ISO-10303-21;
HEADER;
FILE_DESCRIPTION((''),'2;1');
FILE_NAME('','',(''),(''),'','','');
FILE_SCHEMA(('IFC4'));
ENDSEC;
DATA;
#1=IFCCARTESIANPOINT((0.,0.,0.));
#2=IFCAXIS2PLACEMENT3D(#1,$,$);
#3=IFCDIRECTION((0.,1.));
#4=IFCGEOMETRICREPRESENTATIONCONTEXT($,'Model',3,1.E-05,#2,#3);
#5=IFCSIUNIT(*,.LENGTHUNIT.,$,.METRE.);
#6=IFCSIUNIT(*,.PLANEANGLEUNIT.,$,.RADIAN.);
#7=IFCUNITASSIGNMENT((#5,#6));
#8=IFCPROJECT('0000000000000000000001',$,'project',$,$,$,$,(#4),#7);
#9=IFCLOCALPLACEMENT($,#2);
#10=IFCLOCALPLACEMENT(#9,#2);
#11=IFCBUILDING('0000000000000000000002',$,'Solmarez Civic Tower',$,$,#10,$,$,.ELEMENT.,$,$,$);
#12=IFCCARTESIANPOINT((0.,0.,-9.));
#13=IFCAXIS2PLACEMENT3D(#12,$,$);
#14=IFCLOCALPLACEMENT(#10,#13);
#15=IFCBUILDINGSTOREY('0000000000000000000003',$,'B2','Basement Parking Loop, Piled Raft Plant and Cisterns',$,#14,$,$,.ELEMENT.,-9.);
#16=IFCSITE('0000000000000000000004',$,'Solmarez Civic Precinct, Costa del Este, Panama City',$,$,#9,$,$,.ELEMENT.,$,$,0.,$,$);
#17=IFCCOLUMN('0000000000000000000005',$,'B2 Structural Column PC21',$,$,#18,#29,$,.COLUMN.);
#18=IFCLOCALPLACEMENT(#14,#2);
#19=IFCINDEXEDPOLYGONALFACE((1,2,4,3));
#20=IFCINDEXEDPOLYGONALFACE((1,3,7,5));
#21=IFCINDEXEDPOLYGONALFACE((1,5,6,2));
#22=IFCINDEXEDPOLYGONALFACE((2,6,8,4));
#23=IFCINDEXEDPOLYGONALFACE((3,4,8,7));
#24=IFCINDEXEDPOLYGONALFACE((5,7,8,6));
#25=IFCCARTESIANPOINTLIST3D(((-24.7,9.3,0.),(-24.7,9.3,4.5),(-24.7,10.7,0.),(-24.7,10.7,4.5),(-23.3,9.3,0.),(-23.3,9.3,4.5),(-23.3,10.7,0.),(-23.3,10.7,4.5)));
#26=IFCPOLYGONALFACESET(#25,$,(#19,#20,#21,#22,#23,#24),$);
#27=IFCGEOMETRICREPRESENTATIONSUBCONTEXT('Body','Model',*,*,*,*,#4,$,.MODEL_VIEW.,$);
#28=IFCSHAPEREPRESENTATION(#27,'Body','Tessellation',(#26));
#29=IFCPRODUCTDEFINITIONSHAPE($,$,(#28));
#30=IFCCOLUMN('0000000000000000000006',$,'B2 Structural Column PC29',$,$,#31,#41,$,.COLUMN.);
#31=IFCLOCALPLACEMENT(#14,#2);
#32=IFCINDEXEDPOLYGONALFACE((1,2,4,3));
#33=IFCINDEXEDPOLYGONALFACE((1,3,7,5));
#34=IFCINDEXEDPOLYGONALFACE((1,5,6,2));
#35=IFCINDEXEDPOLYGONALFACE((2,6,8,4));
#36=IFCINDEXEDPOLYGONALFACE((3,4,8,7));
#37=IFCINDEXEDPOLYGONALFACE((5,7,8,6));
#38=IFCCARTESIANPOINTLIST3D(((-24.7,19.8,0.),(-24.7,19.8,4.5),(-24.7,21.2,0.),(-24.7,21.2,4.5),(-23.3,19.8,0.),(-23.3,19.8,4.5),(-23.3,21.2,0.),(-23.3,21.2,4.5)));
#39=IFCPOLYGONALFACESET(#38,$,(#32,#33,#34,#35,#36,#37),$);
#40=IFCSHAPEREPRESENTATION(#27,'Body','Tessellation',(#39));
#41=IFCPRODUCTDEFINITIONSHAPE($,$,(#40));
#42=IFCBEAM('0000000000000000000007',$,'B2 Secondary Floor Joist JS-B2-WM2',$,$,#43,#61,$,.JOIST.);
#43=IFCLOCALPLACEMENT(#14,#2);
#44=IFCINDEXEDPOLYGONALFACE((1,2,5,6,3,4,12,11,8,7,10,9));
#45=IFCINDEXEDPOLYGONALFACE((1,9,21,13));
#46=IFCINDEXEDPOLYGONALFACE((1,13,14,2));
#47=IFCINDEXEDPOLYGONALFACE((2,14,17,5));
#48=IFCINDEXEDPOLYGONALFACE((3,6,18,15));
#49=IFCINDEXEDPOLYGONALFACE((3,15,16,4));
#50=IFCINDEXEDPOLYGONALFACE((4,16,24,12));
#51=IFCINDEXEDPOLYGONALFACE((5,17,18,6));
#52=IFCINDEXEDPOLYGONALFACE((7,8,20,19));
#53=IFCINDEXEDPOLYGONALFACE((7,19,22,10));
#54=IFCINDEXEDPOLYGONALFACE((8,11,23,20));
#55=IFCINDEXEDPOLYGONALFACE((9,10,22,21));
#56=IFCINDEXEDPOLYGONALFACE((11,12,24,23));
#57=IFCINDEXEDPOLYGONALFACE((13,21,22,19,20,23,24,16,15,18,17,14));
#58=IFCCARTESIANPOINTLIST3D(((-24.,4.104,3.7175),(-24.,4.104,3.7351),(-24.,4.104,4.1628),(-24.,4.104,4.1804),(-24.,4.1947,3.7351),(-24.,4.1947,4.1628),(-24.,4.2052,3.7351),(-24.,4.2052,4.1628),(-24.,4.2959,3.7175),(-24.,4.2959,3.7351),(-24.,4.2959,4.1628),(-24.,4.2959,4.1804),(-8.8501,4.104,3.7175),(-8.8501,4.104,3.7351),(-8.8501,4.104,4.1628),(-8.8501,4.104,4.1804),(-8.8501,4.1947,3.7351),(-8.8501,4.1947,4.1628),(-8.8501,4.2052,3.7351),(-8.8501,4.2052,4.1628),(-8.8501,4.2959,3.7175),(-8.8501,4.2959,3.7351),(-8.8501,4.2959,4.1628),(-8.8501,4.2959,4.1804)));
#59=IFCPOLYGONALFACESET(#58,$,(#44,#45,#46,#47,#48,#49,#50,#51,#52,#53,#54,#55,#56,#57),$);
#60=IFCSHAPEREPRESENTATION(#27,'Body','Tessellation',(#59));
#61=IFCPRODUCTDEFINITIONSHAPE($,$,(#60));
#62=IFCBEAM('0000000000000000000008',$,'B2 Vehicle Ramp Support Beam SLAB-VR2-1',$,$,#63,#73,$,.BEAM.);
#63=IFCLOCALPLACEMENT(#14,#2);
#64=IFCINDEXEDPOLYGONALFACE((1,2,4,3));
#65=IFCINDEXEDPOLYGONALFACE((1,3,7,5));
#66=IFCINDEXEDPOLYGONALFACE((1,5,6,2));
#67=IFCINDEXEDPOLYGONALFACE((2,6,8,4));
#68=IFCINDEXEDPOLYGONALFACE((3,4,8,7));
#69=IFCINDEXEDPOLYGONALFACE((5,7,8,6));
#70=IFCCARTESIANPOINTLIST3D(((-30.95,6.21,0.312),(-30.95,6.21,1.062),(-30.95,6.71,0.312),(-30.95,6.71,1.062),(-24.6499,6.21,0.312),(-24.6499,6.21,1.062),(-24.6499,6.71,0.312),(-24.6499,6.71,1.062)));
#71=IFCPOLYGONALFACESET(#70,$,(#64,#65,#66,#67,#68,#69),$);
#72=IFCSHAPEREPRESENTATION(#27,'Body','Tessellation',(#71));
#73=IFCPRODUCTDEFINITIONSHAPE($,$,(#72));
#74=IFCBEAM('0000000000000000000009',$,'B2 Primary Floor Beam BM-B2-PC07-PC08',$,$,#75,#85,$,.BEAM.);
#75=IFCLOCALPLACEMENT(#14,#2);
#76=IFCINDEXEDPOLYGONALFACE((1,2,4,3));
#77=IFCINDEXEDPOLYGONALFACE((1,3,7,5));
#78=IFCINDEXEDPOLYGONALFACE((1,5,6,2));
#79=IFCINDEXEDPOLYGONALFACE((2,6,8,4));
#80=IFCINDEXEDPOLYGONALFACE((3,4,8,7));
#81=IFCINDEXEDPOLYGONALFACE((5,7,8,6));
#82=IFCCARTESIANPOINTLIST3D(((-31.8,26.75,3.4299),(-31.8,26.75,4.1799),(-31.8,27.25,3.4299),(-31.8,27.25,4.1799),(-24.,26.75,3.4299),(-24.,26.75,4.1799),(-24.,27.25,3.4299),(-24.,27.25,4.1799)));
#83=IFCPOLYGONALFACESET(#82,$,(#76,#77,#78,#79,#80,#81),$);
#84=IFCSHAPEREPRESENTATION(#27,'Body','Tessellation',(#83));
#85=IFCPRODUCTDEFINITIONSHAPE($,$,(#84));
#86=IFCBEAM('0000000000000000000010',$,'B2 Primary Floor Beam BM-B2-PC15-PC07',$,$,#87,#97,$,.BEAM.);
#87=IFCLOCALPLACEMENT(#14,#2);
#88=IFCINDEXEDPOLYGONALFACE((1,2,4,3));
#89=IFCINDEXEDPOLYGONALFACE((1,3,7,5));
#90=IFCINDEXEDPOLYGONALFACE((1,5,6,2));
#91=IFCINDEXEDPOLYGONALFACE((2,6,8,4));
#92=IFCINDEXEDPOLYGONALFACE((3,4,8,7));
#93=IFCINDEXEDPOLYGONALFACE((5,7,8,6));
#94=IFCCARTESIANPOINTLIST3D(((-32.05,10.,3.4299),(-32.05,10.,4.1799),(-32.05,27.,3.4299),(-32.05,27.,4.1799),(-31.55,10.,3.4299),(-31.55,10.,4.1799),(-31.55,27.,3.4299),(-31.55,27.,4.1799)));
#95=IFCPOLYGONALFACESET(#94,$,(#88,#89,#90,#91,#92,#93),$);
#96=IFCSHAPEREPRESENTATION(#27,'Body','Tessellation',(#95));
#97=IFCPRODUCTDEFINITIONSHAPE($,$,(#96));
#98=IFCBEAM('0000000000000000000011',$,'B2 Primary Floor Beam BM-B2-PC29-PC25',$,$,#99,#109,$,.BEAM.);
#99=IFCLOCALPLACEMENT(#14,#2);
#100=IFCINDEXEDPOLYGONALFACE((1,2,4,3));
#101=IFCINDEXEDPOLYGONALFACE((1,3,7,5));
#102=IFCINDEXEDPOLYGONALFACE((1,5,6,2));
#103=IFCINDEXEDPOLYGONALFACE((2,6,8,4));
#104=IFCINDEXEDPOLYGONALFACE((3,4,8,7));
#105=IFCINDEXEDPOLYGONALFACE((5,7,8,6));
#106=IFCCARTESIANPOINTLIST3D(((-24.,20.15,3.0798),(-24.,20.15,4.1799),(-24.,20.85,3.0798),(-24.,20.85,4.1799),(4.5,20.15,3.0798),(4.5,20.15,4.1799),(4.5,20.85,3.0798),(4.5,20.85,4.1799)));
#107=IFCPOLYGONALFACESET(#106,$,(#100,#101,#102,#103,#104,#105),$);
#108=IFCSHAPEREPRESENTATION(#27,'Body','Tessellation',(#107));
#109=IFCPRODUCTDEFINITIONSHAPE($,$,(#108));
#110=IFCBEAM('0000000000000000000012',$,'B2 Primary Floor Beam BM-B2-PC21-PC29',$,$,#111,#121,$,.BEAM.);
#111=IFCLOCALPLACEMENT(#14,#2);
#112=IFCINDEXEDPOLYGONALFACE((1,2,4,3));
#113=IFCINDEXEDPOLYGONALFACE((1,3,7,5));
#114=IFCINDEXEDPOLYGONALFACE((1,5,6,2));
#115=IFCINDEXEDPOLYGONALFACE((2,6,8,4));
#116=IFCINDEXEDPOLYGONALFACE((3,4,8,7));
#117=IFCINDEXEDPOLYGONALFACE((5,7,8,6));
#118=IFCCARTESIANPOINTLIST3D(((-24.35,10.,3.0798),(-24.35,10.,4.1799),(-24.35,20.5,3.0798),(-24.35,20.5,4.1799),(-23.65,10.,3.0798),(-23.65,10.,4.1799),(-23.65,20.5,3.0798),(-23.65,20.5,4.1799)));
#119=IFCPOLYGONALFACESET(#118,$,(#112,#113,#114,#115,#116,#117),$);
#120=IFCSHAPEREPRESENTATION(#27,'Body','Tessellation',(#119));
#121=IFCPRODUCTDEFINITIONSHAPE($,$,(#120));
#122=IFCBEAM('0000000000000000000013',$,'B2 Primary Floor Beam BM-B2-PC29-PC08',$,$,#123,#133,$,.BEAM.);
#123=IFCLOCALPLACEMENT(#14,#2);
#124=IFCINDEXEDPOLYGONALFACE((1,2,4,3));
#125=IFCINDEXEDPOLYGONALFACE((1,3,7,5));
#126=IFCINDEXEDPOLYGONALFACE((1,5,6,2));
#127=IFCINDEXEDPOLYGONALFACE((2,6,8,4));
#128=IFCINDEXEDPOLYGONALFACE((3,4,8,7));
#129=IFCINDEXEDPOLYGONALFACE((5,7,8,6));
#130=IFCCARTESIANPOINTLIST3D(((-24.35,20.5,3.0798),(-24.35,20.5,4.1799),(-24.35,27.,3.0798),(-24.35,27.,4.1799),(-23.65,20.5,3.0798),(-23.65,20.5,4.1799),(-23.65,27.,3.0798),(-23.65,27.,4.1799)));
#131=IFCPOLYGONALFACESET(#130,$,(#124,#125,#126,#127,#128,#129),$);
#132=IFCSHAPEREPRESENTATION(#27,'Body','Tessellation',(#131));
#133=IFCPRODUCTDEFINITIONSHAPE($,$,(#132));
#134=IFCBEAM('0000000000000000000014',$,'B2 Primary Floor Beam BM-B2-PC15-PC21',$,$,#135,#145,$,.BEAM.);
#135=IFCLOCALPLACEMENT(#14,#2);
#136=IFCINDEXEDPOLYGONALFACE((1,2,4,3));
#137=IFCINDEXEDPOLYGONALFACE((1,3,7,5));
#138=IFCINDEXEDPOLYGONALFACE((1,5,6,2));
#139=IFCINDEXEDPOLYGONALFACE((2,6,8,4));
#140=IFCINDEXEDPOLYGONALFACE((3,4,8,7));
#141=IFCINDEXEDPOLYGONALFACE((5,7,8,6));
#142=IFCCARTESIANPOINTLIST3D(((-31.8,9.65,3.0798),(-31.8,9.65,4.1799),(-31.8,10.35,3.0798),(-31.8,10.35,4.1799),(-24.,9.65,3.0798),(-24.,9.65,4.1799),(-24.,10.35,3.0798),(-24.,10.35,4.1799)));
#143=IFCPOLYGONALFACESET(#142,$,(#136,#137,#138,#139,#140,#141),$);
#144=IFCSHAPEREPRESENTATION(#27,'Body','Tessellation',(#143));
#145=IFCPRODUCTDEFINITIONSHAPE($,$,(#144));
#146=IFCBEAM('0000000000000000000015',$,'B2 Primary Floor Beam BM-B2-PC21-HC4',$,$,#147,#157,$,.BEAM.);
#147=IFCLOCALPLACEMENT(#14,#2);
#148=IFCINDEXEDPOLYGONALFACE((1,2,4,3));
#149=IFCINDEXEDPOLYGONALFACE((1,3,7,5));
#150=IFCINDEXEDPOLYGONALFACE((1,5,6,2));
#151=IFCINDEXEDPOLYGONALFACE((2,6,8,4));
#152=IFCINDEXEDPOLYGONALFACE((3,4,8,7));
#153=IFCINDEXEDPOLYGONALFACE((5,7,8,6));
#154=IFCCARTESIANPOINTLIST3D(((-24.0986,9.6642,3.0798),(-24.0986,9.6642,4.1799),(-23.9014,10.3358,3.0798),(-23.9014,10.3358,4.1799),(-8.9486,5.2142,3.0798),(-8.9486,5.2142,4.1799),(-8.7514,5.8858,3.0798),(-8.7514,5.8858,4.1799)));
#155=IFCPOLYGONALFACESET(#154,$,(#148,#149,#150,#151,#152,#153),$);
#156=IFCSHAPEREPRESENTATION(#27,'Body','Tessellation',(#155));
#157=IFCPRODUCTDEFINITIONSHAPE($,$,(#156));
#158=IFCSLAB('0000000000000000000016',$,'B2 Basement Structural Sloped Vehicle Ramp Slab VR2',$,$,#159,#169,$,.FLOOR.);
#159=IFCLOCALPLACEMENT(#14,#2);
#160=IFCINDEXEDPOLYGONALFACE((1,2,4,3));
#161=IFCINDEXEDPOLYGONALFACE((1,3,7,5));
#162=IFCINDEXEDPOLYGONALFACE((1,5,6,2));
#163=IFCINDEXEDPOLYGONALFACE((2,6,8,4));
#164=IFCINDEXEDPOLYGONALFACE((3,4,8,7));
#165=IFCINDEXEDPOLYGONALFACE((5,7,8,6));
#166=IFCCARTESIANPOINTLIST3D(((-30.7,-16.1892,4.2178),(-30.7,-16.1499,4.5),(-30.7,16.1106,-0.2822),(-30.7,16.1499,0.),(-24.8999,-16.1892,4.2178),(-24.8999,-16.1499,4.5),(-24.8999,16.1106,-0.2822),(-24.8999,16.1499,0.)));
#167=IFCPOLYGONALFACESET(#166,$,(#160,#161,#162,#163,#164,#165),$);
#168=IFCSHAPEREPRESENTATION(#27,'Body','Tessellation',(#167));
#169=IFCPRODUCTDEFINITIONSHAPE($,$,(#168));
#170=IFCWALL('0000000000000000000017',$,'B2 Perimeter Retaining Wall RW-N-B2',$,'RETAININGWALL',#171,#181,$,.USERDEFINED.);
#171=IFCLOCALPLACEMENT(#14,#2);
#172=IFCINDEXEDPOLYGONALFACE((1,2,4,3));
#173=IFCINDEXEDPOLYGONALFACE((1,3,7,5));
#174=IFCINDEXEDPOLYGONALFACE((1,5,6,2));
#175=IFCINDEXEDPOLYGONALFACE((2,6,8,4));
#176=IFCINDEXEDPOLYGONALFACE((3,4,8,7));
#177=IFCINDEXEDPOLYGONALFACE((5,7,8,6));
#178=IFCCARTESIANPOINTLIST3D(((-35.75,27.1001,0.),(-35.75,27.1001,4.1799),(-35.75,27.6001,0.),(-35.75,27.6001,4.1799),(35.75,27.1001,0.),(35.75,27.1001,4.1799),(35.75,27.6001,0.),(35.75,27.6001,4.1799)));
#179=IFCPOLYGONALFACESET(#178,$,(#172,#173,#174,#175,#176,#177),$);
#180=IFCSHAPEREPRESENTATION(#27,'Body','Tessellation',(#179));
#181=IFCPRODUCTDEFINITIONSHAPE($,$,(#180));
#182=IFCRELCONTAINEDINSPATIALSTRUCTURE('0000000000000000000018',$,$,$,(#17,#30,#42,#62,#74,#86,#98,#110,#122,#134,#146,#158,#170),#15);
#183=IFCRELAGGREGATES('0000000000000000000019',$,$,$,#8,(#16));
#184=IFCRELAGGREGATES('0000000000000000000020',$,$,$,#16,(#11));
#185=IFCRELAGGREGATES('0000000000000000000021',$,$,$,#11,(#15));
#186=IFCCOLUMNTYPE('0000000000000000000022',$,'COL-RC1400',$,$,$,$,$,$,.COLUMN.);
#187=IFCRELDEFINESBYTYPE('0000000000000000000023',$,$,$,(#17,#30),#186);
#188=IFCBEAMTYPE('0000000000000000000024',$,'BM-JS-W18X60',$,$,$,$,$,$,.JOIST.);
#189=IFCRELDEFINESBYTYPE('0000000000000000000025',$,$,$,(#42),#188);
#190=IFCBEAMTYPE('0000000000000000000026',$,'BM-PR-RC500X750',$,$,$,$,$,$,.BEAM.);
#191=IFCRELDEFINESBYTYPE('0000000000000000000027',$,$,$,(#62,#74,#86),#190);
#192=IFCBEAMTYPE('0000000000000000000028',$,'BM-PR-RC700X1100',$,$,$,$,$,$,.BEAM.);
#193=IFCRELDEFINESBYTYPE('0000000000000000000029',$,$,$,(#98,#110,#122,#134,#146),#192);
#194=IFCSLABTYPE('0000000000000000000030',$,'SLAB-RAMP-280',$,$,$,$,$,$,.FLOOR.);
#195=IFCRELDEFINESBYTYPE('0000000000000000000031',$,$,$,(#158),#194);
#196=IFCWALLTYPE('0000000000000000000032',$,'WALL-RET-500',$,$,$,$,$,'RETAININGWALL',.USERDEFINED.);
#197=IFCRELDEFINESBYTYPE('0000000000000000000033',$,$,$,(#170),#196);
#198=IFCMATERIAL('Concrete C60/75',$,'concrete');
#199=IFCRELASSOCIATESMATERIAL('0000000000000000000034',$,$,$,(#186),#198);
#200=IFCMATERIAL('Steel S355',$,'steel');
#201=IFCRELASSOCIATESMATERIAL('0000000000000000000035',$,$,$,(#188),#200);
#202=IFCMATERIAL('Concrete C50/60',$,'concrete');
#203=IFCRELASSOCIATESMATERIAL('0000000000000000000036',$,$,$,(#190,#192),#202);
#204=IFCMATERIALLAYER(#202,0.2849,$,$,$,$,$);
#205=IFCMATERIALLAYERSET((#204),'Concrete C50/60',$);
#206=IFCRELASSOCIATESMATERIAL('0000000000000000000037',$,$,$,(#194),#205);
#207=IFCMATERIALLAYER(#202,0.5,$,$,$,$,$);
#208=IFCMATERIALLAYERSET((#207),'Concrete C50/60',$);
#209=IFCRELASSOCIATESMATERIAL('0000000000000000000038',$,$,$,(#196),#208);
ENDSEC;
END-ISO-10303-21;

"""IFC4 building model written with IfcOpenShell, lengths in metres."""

from ifc_helpers import new_model, si_unit, direction, frame, frame_2d, origin, origin_2d, place, context, subcontext, project, spatial, polyline, rectangle, i_section, outline, extrude, material, layer, layer_set, material_profile, profile_set, type_object, element, save


model = new_model("IFC4")

# Units and contexts
model_context = context("Model", 3, precision=1e-05, world=origin(), true_north=direction((0.0, 1.0)))
body_context = subcontext(model_context, "Body", "Model", "MODEL_VIEW")
ifc_project = project(units=[si_unit("LENGTHUNIT", "METRE"), si_unit("PLANEANGLEUNIT", "RADIAN")], contexts=[model_context])

# Site, building, storey
site_placement = place(None, origin())
site = spatial("IfcSite", under=ifc_project, at=site_placement, Name="Solmarez Civic Precinct, Costa del Este, Panama City", CompositionType="ELEMENT", RefElevation=0.0)
building_placement = place(site_placement, origin())
building = spatial("IfcBuilding", under=site, at=building_placement, Name="Solmarez Civic Tower", CompositionType="ELEMENT")
storey_placement = place(building_placement, frame((0.0, 0.0, -9.0)))
storey = spatial("IfcBuildingStorey", under=building, at=storey_placement, Name="B2", Description="Basement Parking Loop, Piled Raft Plant and Cisterns", CompositionType="ELEMENT", Elevation=-9.0)

# Columns
ifc_material_1 = material(Name="Concrete C60/75", Category="concrete")
ifc_material_profile_1 = material_profile(ifc_material_1, rectangle(XDim=1.3999, YDim=1.3999, at=origin_2d()), Name="RC1400X1400")
ifc_profile_set_1 = profile_set([ifc_material_profile_1], Name="Concrete C60/75")
column_type = type_object("IfcColumnType", Name="COL-RC1400", PredefinedType="COLUMN", material=ifc_profile_set_1)
for number, where, z_axis, x_axis, name in (
    (1, (-24.0, 10.0, 0.0), (0.0, 0.0, 1.0), (1.0, 0.0, 0.0), "B2 Structural Column PC21"),
    (2, (-24.0, 20.5, 0.0), (0.0, 0.0, 1.0), (1.0, 0.0, 0.0), "B2 Structural Column PC29"),
):
    element("IfcColumn", number, at=place(storey_placement, frame(where, z_axis=z_axis, x_axis=x_axis)), inside=storey, type_object=column_type, Name=name, PredefinedType="COLUMN", context=body_context, shape_type="SweptSolid", body=[
        extrude(rectangle(XDim=1.3999, YDim=1.3999, at=origin_2d()), origin(), (0.0, 0.0, 1.0), 4.5),
    ])

# Beams
ifc_material_2 = material(Name="Steel S355", Category="steel")
ifc_material_profile_2 = material_profile(ifc_material_2, i_section(OverallWidth=0.1919, OverallDepth=0.4629, WebThickness=0.0105, FlangeThickness=0.0176, at=origin_2d()), Name="W18X60")
ifc_profile_set_2 = profile_set([ifc_material_profile_2], Name="Steel S355")
beam_type_1 = type_object("IfcBeamType", Name="BM-JS-W18X60", PredefinedType="JOIST", material=ifc_profile_set_2)
beam_1_placement = place(storey_placement, frame((-24.0, 4.2, 3.949), z_axis=(1.0, 0.0, 0.0), x_axis=(0.0, 1.0, 0.0)))
element("IfcBeam", 3, at=beam_1_placement, inside=storey, type_object=beam_type_1, Name="B2 Secondary Floor Joist JS-B2-WM2", PredefinedType="JOIST", context=body_context, shape_type="SweptSolid", body=[
    extrude(i_section(OverallWidth=0.1919, OverallDepth=0.4629, WebThickness=0.0105, FlangeThickness=0.0176, at=origin_2d()), origin(), (0.0, 0.0, 1.0), 15.1499),
])
ifc_material_3 = material(Name="Concrete C50/60", Category="concrete")
ifc_material_profile_3 = material_profile(ifc_material_3, rectangle(XDim=0.5, YDim=0.75, at=origin_2d()), Name="RC500X750")
ifc_profile_set_3 = profile_set([ifc_material_profile_3], Name="Concrete C50/60")
beam_type_2 = type_object("IfcBeamType", Name="BM-PR-RC500X750", PredefinedType="BEAM", material=ifc_profile_set_3)
beam_2_placement = place(storey_placement, frame((-30.95, 6.46, 0.687), z_axis=(1.0, 0.0, 0.0), x_axis=(0.0, 1.0, 0.0)))
element("IfcBeam", 4, at=beam_2_placement, inside=storey, type_object=beam_type_2, Name="B2 Vehicle Ramp Support Beam SLAB-VR2-1", PredefinedType="BEAM", context=body_context, shape_type="SweptSolid", body=[
    extrude(rectangle(XDim=0.5, YDim=0.75, at=origin_2d()), origin(), (0.0, 0.0, 1.0), 6.3),
])
beam_3_placement = place(storey_placement, frame((-31.8, 27.0, 3.8049), z_axis=(1.0, 0.0, 0.0), x_axis=(0.0, 1.0, 0.0)))
element("IfcBeam", 5, at=beam_3_placement, inside=storey, type_object=beam_type_2, Name="B2 Primary Floor Beam BM-B2-PC07-PC08", PredefinedType="BEAM", context=body_context, shape_type="SweptSolid", body=[
    extrude(rectangle(XDim=0.5, YDim=0.75, at=origin_2d()), origin(), (0.0, 0.0, 1.0), 7.8),
])
beam_4_placement = place(storey_placement, frame((-31.8, 10.0, 3.8049), z_axis=(0.0, 1.0, 0.0), x_axis=(-1.0, 0.0, 0.0)))
element("IfcBeam", 6, at=beam_4_placement, inside=storey, type_object=beam_type_2, Name="B2 Primary Floor Beam BM-B2-PC15-PC07", PredefinedType="BEAM", context=body_context, shape_type="SweptSolid", body=[
    extrude(rectangle(XDim=0.5, YDim=0.75, at=origin_2d()), origin(), (0.0, 0.0, 1.0), 17.0),
])
ifc_material_profile_4 = material_profile(ifc_material_3, rectangle(XDim=0.7, YDim=1.1001, at=origin_2d()), Name="RC700X1100")
ifc_profile_set_4 = profile_set([ifc_material_profile_4], Name="Concrete C50/60")
beam_type_3 = type_object("IfcBeamType", Name="BM-PR-RC700X1100", PredefinedType="BEAM", material=ifc_profile_set_4)
beam_5_placement = place(storey_placement, frame((-24.0, 20.5, 3.6299), z_axis=(1.0, 0.0, 0.0), x_axis=(0.0, 1.0, 0.0)))
element("IfcBeam", 7, at=beam_5_placement, inside=storey, type_object=beam_type_3, Name="B2 Primary Floor Beam BM-B2-PC29-PC25", PredefinedType="BEAM", context=body_context, shape_type="SweptSolid", body=[
    extrude(rectangle(XDim=0.7, YDim=1.1001, at=origin_2d()), origin(), (0.0, 0.0, 1.0), 28.5),
])
beam_6_placement = place(storey_placement, frame((-24.0, 10.0, 3.6299), z_axis=(0.0, 1.0, 0.0), x_axis=(-1.0, 0.0, 0.0)))
element("IfcBeam", 8, at=beam_6_placement, inside=storey, type_object=beam_type_3, Name="B2 Primary Floor Beam BM-B2-PC21-PC29", PredefinedType="BEAM", context=body_context, shape_type="SweptSolid", body=[
    extrude(rectangle(XDim=0.7, YDim=1.1001, at=origin_2d()), origin(), (0.0, 0.0, 1.0), 10.5),
])
beam_7_placement = place(storey_placement, frame((-24.0, 20.5, 3.6299), z_axis=(0.0, 1.0, 0.0), x_axis=(-1.0, 0.0, 0.0)))
element("IfcBeam", 9, at=beam_7_placement, inside=storey, type_object=beam_type_3, Name="B2 Primary Floor Beam BM-B2-PC29-PC08", PredefinedType="BEAM", context=body_context, shape_type="SweptSolid", body=[
    extrude(rectangle(XDim=0.7, YDim=1.1001, at=origin_2d()), origin(), (0.0, 0.0, 1.0), 6.5),
])
beam_8_placement = place(storey_placement, frame((-31.8, 10.0, 3.6299), z_axis=(1.0, 0.0, 0.0), x_axis=(0.0, 1.0, 0.0)))
element("IfcBeam", 10, at=beam_8_placement, inside=storey, type_object=beam_type_3, Name="B2 Primary Floor Beam BM-B2-PC15-PC21", PredefinedType="BEAM", context=body_context, shape_type="SweptSolid", body=[
    extrude(rectangle(XDim=0.7, YDim=1.1001, at=origin_2d()), origin(), (0.0, 0.0, 1.0), 7.8),
])
beam_9_placement = place(storey_placement, frame((-24.0, 10.0, 3.6299), z_axis=(0.959467, -0.281822, 0.0), x_axis=(0.281822, 0.959467, 0.0)))
element("IfcBeam", 11, at=beam_9_placement, inside=storey, type_object=beam_type_3, Name="B2 Primary Floor Beam BM-B2-PC21-HC4", PredefinedType="BEAM", context=body_context, shape_type="SweptSolid", body=[
    extrude(rectangle(XDim=0.7, YDim=1.1001, at=origin_2d()), origin(), (0.0, 0.0, 1.0), 15.79),
])

# Slab
ifc_layer_1 = layer(ifc_material_3, 0.2849)
ifc_layer_set_1 = layer_set([ifc_layer_1], Name="Concrete C50/60")
slab_type = type_object("IfcSlabType", Name="SLAB-RAMP-280", PredefinedType="FLOOR", material=ifc_layer_set_1)
slab_placement = place(storey_placement, frame((-30.7, 16.1499, 0.0), z_axis=(0.0, 0.137987, 0.990434), x_axis=(1.0, 0.0, 0.0)))
element("IfcSlab", 12, at=slab_placement, inside=storey, type_object=slab_type, Name="B2 Basement Structural Sloped Vehicle Ramp Slab VR2", PredefinedType="FLOOR", context=body_context, shape_type="SweptSolid", body=[
    extrude(outline(polyline([(0.0, 0.0), (5.8, 0.0), (5.8, -32.6118), (0.0, -32.6118), (0.0, 0.0)])), origin(), (0.0, 0.0, -1.0), 0.2849),
])

# Wall
ifc_layer_2 = layer(ifc_material_3, 0.5)
ifc_layer_set_2 = layer_set([ifc_layer_2], Name="Concrete C50/60")
wall_type = type_object("IfcWallType", Name="WALL-RET-500", ElementType="RETAININGWALL", PredefinedType="USERDEFINED", material=ifc_layer_set_2)
wall_placement = place(storey_placement, frame((-35.75, 27.3501, 0.0), z_axis=(0.0, 0.0, 1.0), x_axis=(1.0, 0.0, 0.0)))
element("IfcWall", 13, at=wall_placement, inside=storey, type_object=wall_type, Name="B2 Perimeter Retaining Wall RW-N-B2", ObjectType="RETAININGWALL", PredefinedType="USERDEFINED", context=body_context, shape_type="SweptSolid", body=[
    extrude(rectangle(XDim=71.5, YDim=0.5, at=frame_2d((35.75, 0.0))), origin(), (0.0, 0.0, 1.0), 4.1799),
])

save(model, "model.ifc")
